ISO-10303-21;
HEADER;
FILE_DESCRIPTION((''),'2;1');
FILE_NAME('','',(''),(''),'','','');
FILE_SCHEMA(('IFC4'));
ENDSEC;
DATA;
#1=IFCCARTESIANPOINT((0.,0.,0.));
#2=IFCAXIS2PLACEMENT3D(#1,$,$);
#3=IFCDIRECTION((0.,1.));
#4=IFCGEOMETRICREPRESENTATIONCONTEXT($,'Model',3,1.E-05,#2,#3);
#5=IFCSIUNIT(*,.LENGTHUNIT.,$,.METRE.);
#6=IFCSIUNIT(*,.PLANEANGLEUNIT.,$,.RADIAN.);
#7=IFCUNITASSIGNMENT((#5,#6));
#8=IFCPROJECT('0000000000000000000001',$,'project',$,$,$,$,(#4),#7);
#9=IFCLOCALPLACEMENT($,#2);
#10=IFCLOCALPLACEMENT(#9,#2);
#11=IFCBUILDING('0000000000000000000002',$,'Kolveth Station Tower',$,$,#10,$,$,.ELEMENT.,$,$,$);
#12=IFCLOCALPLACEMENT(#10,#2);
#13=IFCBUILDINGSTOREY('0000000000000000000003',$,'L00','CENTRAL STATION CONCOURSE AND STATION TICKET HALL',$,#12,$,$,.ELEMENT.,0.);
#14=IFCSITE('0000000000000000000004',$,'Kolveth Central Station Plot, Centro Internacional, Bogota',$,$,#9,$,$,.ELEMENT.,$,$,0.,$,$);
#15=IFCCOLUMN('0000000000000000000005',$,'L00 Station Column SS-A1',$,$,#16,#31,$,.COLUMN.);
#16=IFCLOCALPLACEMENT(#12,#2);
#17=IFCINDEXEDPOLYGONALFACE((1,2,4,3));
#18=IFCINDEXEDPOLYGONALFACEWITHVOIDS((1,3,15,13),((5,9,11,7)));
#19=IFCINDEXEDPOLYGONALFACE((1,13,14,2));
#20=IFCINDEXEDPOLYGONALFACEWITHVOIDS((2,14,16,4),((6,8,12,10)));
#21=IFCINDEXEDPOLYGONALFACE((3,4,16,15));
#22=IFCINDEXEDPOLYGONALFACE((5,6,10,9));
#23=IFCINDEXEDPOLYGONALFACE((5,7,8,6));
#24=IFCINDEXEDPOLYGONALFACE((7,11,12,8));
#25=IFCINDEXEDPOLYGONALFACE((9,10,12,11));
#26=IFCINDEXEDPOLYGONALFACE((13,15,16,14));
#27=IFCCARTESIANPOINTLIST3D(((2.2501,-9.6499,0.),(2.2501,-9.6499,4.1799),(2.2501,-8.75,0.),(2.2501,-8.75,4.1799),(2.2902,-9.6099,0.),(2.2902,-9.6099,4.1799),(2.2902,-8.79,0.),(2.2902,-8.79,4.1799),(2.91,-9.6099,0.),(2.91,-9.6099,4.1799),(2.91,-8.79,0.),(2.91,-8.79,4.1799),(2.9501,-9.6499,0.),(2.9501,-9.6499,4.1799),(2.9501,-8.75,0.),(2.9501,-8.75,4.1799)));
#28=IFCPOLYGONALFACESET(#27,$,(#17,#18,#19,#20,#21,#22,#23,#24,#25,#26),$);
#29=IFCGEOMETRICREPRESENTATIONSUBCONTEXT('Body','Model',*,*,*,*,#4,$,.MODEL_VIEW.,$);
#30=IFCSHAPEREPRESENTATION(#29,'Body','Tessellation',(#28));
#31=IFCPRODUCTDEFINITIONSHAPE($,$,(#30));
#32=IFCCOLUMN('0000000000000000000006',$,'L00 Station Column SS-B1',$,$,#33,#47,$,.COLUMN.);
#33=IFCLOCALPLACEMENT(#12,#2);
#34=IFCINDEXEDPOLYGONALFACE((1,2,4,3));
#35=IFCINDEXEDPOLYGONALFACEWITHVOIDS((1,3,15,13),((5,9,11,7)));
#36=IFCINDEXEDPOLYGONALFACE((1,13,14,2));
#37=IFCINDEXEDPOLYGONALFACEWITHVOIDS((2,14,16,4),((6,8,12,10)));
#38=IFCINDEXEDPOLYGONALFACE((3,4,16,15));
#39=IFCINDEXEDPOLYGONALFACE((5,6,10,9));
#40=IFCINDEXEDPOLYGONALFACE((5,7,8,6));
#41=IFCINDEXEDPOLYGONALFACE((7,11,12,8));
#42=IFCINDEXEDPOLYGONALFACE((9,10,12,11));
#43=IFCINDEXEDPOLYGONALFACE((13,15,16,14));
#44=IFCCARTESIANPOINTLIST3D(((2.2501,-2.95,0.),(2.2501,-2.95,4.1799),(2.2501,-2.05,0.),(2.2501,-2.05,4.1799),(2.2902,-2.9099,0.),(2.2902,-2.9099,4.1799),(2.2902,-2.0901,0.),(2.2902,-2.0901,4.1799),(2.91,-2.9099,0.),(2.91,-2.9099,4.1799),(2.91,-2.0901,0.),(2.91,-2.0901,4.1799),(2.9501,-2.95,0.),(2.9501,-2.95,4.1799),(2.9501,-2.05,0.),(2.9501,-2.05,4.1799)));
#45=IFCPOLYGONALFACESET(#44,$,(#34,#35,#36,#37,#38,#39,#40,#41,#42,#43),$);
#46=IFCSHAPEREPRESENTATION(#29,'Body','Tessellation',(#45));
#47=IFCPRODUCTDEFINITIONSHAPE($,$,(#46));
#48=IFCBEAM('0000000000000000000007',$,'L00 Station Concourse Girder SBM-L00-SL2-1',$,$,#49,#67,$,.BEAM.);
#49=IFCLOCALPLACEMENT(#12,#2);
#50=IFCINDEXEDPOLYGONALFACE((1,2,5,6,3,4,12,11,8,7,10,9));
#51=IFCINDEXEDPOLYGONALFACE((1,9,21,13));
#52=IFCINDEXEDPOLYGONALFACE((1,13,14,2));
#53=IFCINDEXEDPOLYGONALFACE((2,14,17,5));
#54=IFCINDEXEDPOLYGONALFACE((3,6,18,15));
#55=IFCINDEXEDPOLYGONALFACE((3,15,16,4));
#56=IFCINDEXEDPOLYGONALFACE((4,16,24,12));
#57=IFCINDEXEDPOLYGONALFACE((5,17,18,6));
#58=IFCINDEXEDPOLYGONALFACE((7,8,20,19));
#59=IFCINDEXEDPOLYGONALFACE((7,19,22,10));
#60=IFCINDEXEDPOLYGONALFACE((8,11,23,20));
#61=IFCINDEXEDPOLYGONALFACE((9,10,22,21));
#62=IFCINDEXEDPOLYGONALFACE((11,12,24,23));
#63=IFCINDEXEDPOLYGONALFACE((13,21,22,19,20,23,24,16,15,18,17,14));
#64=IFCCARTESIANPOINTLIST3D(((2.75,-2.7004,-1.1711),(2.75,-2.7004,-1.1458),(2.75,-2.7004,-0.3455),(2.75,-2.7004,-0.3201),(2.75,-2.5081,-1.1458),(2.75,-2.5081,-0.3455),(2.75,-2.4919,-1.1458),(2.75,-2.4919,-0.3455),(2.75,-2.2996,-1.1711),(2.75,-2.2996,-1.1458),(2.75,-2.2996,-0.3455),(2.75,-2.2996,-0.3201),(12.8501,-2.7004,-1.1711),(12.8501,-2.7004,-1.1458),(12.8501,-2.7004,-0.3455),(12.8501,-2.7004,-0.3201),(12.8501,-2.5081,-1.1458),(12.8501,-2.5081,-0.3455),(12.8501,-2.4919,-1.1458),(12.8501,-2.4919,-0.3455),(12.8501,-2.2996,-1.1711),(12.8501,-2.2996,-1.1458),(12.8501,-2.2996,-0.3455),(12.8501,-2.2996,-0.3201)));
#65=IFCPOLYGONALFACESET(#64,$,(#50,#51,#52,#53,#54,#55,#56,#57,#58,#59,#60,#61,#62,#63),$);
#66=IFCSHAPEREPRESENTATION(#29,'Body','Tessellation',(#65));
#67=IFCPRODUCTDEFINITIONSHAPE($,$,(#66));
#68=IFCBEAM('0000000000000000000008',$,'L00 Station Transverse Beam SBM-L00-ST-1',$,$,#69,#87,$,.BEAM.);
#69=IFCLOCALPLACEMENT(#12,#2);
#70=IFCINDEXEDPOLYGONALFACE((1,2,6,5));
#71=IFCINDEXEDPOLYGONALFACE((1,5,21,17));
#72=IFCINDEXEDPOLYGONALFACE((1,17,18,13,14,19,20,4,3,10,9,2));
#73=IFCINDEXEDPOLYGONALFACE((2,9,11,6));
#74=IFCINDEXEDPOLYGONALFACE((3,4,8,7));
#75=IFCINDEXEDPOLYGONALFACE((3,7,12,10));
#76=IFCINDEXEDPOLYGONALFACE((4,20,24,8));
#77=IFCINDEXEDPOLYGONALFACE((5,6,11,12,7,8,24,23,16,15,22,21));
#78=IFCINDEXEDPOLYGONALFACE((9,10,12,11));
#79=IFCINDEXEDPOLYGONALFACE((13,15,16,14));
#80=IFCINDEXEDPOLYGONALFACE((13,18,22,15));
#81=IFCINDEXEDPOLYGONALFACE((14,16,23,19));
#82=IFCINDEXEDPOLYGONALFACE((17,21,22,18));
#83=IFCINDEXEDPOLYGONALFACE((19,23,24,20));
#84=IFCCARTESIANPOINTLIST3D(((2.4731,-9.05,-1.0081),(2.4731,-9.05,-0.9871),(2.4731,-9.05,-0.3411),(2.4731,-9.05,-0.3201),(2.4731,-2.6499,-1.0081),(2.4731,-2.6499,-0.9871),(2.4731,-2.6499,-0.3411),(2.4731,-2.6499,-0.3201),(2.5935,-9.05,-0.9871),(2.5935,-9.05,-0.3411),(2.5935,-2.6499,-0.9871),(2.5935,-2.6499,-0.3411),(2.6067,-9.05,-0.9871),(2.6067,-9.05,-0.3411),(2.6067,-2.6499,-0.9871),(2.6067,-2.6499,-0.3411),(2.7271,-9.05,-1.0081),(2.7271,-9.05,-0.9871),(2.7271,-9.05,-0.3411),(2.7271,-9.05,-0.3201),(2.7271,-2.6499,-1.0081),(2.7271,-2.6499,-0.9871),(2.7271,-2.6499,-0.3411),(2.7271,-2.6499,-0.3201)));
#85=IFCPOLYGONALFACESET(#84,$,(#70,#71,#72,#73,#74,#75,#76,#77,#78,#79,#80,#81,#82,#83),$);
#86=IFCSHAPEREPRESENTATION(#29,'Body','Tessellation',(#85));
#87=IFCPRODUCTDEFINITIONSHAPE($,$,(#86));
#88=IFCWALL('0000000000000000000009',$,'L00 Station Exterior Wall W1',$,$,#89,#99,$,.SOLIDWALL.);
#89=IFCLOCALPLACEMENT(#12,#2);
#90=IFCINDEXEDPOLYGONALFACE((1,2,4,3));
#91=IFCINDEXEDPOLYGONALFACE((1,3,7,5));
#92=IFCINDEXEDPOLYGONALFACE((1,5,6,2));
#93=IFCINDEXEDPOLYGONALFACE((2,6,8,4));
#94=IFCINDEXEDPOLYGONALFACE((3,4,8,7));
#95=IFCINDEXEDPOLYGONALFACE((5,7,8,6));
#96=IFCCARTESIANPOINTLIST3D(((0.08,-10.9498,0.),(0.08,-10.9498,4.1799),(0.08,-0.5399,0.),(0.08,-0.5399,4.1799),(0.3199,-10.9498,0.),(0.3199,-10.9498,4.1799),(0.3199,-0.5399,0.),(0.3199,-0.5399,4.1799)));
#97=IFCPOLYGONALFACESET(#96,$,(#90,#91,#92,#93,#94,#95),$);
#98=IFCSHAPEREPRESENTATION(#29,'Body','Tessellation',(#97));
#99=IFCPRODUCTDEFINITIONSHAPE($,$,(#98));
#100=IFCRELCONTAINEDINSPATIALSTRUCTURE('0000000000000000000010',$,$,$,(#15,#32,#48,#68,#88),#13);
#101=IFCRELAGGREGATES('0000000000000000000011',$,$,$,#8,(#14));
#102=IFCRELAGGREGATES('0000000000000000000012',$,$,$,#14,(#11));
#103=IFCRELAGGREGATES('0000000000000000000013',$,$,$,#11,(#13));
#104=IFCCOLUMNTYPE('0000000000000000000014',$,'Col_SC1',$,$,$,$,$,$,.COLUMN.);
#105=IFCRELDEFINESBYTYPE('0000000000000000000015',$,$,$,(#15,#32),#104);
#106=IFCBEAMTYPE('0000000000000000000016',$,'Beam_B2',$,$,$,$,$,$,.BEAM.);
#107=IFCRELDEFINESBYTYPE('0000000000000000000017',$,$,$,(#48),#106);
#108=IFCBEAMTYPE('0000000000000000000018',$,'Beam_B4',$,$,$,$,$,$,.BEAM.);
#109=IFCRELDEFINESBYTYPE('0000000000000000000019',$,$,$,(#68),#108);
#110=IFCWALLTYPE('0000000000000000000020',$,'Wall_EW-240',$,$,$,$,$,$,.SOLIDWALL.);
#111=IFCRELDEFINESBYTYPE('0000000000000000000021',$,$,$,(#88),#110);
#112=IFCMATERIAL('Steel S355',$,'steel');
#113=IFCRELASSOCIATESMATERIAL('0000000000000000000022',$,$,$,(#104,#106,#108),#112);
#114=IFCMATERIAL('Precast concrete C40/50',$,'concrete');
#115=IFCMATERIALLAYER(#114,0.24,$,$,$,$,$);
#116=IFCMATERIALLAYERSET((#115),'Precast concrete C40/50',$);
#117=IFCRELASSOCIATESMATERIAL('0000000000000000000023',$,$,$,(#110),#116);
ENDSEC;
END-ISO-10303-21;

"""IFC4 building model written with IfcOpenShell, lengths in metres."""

from ifc_helpers import new_model, si_unit, direction, frame, frame_2d, origin, origin_2d, place, context, subcontext, project, spatial, rectangle, hollow_rectangle, i_section, extrude, source, transform, mapped, material, layer, layer_set, material_profile, profile_set, type_object, element, save


model = new_model("IFC4")

# Units and contexts
model_context = context("Model", 3, precision=1e-05, world=origin(), true_north=direction((0.0, 1.0)))
body_context = subcontext(model_context, "Body", "Model", "MODEL_VIEW")
ifc_project = project(units=[si_unit("LENGTHUNIT", "METRE"), si_unit("PLANEANGLEUNIT", "RADIAN")], contexts=[model_context])

# Site, building, storey
site_placement = place(None, origin())
site = spatial("IfcSite", under=ifc_project, at=site_placement, Name="Kolveth Central Station Plot, Centro Internacional, Bogota", CompositionType="ELEMENT", RefElevation=0.0)
building_placement = place(site_placement, origin())
building = spatial("IfcBuilding", under=site, at=building_placement, Name="Kolveth Station Tower", CompositionType="ELEMENT")
storey_placement = place(building_placement, origin())
storey = spatial("IfcBuildingStorey", under=building, at=storey_placement, Name="L00", Description="CENTRAL STATION CONCOURSE AND STATION TICKET HALL", CompositionType="ELEMENT", Elevation=0.0)

# Columns
ifc_material_1 = material(Name="Steel S355", Category="steel")
ifc_material_profile_1 = material_profile(ifc_material_1, hollow_rectangle(XDim=0.7, YDim=0.8999, WallThickness=0.04, at=origin_2d()), Name="BOX900x700x40")
ifc_profile_set_1 = profile_set([ifc_material_profile_1], Name="Steel S355")
column_type = type_object("IfcColumnType", Name="Col_SC1", PredefinedType="COLUMN", material=ifc_profile_set_1)
shared_shape_1 = source(origin(), body_context, "Body", "SweptSolid", [
    extrude(hollow_rectangle(XDim=0.7, YDim=0.8999, WallThickness=0.04, at=origin_2d()), origin(), (0.0, 0.0, 1.0), 4.1799),
])
for number, where, z_axis, x_axis, name in (
    (1, (2.6001, -9.2, 0.0), (0.0, 0.0, 1.0), (1.0, 0.0, 0.0), "L00 Station Column SS-A1"),
    (2, (2.6001, -2.5, 0.0), (0.0, 0.0, 1.0), (1.0, 0.0, 0.0), "L00 Station Column SS-B1"),
):
    element("IfcColumn", number, at=place(storey_placement, frame(where, z_axis=z_axis, x_axis=x_axis)), inside=storey, type_object=column_type, Name=name, PredefinedType="COLUMN", context=body_context, shape_type="MappedRepresentation", body=[
        mapped(shared_shape_1, transform((0.0, 0.0, 0.0), x_axis=(1.0, 0.0, 0.0), y_axis=(0.0, 1.0, 0.0), z_axis=(0.0, 0.0, 1.0), scale=1.0)),
    ])

# Beams
ifc_material_profile_2 = material_profile(ifc_material_1, i_section(OverallWidth=0.4009, OverallDepth=0.8511, WebThickness=0.0161, FlangeThickness=0.0254, at=origin_2d()), Name="W840x226")
ifc_profile_set_2 = profile_set([ifc_material_profile_2], Name="Steel S355")
beam_type_1 = type_object("IfcBeamType", Name="Beam_B2", PredefinedType="BEAM", material=ifc_profile_set_2)
shared_shape_2 = source(origin(), body_context, "Body", "SweptSolid", [
    extrude(i_section(OverallWidth=0.4009, OverallDepth=0.8511, WebThickness=0.0161, FlangeThickness=0.0254, at=origin_2d()), origin(), (0.0, 0.0, 1.0), 10.1001),
])
beam_1_placement = place(storey_placement, frame((2.75, -2.5, -0.7456), z_axis=(1.0, 0.0, 0.0), x_axis=(0.0, 1.0, 0.0)))
element("IfcBeam", 3, at=beam_1_placement, inside=storey, type_object=beam_type_1, Name="L00 Station Concourse Girder SBM-L00-SL2-1", PredefinedType="BEAM", context=body_context, shape_type="MappedRepresentation", body=[
    mapped(shared_shape_2, transform((0.0, 0.0, 0.0), x_axis=(1.0, 0.0, 0.0), y_axis=(0.0, 1.0, 0.0), z_axis=(0.0, 0.0, 1.0), scale=1.0)),
])
ifc_material_profile_3 = material_profile(ifc_material_1, i_section(OverallWidth=0.2539, OverallDepth=0.688, WebThickness=0.0132, FlangeThickness=0.021, at=origin_2d()), Name="W690x152")
ifc_profile_set_3 = profile_set([ifc_material_profile_3], Name="Steel S355")
beam_type_2 = type_object("IfcBeamType", Name="Beam_B4", PredefinedType="BEAM", material=ifc_profile_set_3)
shared_shape_3 = source(origin(), body_context, "Body", "SweptSolid", [
    extrude(i_section(OverallWidth=0.2539, OverallDepth=0.688, WebThickness=0.0132, FlangeThickness=0.021, at=origin_2d()), origin(), (0.0, 0.0, 1.0), 6.4001),
])
beam_2_placement = place(storey_placement, frame((2.6001, -9.05, -0.6641), z_axis=(0.0, 1.0, 0.0), x_axis=(-1.0, 0.0, 0.0)))
element("IfcBeam", 4, at=beam_2_placement, inside=storey, type_object=beam_type_2, Name="L00 Station Transverse Beam SBM-L00-ST-1", PredefinedType="BEAM", context=body_context, shape_type="MappedRepresentation", body=[
    mapped(shared_shape_3, transform((0.0, 0.0, 0.0), x_axis=(1.0, 0.0, 0.0), y_axis=(0.0, 1.0, 0.0), z_axis=(0.0, 0.0, 1.0), scale=1.0)),
])

# Wall
ifc_material_2 = material(Name="Precast concrete C40/50", Category="concrete")
ifc_layer_1 = layer(ifc_material_2, 0.24)
ifc_layer_set_1 = layer_set([ifc_layer_1], Name="Precast concrete C40/50")
wall_type_1 = type_object("IfcWallType", Name="Wall_EW-240", PredefinedType="SOLIDWALL", material=ifc_layer_set_1)
wall_1_placement = place(storey_placement, frame((0.2, -10.95, 0.0), z_axis=(0.0, 0.0, 1.0), x_axis=(0.0, 1.0, 0.0)))
element("IfcWall", 5, at=wall_1_placement, inside=storey, type_object=wall_type_1, Name="L00 Station Exterior Wall W1", PredefinedType="SOLIDWALL", context=body_context, shape_type="SweptSolid", body=[
    extrude(rectangle(XDim=10.4099, YDim=0.24, at=frame_2d((5.2051, 0.0))), origin(), (0.0, 0.0, 1.0), 4.1799),
])

save(model, "model.ifc")
